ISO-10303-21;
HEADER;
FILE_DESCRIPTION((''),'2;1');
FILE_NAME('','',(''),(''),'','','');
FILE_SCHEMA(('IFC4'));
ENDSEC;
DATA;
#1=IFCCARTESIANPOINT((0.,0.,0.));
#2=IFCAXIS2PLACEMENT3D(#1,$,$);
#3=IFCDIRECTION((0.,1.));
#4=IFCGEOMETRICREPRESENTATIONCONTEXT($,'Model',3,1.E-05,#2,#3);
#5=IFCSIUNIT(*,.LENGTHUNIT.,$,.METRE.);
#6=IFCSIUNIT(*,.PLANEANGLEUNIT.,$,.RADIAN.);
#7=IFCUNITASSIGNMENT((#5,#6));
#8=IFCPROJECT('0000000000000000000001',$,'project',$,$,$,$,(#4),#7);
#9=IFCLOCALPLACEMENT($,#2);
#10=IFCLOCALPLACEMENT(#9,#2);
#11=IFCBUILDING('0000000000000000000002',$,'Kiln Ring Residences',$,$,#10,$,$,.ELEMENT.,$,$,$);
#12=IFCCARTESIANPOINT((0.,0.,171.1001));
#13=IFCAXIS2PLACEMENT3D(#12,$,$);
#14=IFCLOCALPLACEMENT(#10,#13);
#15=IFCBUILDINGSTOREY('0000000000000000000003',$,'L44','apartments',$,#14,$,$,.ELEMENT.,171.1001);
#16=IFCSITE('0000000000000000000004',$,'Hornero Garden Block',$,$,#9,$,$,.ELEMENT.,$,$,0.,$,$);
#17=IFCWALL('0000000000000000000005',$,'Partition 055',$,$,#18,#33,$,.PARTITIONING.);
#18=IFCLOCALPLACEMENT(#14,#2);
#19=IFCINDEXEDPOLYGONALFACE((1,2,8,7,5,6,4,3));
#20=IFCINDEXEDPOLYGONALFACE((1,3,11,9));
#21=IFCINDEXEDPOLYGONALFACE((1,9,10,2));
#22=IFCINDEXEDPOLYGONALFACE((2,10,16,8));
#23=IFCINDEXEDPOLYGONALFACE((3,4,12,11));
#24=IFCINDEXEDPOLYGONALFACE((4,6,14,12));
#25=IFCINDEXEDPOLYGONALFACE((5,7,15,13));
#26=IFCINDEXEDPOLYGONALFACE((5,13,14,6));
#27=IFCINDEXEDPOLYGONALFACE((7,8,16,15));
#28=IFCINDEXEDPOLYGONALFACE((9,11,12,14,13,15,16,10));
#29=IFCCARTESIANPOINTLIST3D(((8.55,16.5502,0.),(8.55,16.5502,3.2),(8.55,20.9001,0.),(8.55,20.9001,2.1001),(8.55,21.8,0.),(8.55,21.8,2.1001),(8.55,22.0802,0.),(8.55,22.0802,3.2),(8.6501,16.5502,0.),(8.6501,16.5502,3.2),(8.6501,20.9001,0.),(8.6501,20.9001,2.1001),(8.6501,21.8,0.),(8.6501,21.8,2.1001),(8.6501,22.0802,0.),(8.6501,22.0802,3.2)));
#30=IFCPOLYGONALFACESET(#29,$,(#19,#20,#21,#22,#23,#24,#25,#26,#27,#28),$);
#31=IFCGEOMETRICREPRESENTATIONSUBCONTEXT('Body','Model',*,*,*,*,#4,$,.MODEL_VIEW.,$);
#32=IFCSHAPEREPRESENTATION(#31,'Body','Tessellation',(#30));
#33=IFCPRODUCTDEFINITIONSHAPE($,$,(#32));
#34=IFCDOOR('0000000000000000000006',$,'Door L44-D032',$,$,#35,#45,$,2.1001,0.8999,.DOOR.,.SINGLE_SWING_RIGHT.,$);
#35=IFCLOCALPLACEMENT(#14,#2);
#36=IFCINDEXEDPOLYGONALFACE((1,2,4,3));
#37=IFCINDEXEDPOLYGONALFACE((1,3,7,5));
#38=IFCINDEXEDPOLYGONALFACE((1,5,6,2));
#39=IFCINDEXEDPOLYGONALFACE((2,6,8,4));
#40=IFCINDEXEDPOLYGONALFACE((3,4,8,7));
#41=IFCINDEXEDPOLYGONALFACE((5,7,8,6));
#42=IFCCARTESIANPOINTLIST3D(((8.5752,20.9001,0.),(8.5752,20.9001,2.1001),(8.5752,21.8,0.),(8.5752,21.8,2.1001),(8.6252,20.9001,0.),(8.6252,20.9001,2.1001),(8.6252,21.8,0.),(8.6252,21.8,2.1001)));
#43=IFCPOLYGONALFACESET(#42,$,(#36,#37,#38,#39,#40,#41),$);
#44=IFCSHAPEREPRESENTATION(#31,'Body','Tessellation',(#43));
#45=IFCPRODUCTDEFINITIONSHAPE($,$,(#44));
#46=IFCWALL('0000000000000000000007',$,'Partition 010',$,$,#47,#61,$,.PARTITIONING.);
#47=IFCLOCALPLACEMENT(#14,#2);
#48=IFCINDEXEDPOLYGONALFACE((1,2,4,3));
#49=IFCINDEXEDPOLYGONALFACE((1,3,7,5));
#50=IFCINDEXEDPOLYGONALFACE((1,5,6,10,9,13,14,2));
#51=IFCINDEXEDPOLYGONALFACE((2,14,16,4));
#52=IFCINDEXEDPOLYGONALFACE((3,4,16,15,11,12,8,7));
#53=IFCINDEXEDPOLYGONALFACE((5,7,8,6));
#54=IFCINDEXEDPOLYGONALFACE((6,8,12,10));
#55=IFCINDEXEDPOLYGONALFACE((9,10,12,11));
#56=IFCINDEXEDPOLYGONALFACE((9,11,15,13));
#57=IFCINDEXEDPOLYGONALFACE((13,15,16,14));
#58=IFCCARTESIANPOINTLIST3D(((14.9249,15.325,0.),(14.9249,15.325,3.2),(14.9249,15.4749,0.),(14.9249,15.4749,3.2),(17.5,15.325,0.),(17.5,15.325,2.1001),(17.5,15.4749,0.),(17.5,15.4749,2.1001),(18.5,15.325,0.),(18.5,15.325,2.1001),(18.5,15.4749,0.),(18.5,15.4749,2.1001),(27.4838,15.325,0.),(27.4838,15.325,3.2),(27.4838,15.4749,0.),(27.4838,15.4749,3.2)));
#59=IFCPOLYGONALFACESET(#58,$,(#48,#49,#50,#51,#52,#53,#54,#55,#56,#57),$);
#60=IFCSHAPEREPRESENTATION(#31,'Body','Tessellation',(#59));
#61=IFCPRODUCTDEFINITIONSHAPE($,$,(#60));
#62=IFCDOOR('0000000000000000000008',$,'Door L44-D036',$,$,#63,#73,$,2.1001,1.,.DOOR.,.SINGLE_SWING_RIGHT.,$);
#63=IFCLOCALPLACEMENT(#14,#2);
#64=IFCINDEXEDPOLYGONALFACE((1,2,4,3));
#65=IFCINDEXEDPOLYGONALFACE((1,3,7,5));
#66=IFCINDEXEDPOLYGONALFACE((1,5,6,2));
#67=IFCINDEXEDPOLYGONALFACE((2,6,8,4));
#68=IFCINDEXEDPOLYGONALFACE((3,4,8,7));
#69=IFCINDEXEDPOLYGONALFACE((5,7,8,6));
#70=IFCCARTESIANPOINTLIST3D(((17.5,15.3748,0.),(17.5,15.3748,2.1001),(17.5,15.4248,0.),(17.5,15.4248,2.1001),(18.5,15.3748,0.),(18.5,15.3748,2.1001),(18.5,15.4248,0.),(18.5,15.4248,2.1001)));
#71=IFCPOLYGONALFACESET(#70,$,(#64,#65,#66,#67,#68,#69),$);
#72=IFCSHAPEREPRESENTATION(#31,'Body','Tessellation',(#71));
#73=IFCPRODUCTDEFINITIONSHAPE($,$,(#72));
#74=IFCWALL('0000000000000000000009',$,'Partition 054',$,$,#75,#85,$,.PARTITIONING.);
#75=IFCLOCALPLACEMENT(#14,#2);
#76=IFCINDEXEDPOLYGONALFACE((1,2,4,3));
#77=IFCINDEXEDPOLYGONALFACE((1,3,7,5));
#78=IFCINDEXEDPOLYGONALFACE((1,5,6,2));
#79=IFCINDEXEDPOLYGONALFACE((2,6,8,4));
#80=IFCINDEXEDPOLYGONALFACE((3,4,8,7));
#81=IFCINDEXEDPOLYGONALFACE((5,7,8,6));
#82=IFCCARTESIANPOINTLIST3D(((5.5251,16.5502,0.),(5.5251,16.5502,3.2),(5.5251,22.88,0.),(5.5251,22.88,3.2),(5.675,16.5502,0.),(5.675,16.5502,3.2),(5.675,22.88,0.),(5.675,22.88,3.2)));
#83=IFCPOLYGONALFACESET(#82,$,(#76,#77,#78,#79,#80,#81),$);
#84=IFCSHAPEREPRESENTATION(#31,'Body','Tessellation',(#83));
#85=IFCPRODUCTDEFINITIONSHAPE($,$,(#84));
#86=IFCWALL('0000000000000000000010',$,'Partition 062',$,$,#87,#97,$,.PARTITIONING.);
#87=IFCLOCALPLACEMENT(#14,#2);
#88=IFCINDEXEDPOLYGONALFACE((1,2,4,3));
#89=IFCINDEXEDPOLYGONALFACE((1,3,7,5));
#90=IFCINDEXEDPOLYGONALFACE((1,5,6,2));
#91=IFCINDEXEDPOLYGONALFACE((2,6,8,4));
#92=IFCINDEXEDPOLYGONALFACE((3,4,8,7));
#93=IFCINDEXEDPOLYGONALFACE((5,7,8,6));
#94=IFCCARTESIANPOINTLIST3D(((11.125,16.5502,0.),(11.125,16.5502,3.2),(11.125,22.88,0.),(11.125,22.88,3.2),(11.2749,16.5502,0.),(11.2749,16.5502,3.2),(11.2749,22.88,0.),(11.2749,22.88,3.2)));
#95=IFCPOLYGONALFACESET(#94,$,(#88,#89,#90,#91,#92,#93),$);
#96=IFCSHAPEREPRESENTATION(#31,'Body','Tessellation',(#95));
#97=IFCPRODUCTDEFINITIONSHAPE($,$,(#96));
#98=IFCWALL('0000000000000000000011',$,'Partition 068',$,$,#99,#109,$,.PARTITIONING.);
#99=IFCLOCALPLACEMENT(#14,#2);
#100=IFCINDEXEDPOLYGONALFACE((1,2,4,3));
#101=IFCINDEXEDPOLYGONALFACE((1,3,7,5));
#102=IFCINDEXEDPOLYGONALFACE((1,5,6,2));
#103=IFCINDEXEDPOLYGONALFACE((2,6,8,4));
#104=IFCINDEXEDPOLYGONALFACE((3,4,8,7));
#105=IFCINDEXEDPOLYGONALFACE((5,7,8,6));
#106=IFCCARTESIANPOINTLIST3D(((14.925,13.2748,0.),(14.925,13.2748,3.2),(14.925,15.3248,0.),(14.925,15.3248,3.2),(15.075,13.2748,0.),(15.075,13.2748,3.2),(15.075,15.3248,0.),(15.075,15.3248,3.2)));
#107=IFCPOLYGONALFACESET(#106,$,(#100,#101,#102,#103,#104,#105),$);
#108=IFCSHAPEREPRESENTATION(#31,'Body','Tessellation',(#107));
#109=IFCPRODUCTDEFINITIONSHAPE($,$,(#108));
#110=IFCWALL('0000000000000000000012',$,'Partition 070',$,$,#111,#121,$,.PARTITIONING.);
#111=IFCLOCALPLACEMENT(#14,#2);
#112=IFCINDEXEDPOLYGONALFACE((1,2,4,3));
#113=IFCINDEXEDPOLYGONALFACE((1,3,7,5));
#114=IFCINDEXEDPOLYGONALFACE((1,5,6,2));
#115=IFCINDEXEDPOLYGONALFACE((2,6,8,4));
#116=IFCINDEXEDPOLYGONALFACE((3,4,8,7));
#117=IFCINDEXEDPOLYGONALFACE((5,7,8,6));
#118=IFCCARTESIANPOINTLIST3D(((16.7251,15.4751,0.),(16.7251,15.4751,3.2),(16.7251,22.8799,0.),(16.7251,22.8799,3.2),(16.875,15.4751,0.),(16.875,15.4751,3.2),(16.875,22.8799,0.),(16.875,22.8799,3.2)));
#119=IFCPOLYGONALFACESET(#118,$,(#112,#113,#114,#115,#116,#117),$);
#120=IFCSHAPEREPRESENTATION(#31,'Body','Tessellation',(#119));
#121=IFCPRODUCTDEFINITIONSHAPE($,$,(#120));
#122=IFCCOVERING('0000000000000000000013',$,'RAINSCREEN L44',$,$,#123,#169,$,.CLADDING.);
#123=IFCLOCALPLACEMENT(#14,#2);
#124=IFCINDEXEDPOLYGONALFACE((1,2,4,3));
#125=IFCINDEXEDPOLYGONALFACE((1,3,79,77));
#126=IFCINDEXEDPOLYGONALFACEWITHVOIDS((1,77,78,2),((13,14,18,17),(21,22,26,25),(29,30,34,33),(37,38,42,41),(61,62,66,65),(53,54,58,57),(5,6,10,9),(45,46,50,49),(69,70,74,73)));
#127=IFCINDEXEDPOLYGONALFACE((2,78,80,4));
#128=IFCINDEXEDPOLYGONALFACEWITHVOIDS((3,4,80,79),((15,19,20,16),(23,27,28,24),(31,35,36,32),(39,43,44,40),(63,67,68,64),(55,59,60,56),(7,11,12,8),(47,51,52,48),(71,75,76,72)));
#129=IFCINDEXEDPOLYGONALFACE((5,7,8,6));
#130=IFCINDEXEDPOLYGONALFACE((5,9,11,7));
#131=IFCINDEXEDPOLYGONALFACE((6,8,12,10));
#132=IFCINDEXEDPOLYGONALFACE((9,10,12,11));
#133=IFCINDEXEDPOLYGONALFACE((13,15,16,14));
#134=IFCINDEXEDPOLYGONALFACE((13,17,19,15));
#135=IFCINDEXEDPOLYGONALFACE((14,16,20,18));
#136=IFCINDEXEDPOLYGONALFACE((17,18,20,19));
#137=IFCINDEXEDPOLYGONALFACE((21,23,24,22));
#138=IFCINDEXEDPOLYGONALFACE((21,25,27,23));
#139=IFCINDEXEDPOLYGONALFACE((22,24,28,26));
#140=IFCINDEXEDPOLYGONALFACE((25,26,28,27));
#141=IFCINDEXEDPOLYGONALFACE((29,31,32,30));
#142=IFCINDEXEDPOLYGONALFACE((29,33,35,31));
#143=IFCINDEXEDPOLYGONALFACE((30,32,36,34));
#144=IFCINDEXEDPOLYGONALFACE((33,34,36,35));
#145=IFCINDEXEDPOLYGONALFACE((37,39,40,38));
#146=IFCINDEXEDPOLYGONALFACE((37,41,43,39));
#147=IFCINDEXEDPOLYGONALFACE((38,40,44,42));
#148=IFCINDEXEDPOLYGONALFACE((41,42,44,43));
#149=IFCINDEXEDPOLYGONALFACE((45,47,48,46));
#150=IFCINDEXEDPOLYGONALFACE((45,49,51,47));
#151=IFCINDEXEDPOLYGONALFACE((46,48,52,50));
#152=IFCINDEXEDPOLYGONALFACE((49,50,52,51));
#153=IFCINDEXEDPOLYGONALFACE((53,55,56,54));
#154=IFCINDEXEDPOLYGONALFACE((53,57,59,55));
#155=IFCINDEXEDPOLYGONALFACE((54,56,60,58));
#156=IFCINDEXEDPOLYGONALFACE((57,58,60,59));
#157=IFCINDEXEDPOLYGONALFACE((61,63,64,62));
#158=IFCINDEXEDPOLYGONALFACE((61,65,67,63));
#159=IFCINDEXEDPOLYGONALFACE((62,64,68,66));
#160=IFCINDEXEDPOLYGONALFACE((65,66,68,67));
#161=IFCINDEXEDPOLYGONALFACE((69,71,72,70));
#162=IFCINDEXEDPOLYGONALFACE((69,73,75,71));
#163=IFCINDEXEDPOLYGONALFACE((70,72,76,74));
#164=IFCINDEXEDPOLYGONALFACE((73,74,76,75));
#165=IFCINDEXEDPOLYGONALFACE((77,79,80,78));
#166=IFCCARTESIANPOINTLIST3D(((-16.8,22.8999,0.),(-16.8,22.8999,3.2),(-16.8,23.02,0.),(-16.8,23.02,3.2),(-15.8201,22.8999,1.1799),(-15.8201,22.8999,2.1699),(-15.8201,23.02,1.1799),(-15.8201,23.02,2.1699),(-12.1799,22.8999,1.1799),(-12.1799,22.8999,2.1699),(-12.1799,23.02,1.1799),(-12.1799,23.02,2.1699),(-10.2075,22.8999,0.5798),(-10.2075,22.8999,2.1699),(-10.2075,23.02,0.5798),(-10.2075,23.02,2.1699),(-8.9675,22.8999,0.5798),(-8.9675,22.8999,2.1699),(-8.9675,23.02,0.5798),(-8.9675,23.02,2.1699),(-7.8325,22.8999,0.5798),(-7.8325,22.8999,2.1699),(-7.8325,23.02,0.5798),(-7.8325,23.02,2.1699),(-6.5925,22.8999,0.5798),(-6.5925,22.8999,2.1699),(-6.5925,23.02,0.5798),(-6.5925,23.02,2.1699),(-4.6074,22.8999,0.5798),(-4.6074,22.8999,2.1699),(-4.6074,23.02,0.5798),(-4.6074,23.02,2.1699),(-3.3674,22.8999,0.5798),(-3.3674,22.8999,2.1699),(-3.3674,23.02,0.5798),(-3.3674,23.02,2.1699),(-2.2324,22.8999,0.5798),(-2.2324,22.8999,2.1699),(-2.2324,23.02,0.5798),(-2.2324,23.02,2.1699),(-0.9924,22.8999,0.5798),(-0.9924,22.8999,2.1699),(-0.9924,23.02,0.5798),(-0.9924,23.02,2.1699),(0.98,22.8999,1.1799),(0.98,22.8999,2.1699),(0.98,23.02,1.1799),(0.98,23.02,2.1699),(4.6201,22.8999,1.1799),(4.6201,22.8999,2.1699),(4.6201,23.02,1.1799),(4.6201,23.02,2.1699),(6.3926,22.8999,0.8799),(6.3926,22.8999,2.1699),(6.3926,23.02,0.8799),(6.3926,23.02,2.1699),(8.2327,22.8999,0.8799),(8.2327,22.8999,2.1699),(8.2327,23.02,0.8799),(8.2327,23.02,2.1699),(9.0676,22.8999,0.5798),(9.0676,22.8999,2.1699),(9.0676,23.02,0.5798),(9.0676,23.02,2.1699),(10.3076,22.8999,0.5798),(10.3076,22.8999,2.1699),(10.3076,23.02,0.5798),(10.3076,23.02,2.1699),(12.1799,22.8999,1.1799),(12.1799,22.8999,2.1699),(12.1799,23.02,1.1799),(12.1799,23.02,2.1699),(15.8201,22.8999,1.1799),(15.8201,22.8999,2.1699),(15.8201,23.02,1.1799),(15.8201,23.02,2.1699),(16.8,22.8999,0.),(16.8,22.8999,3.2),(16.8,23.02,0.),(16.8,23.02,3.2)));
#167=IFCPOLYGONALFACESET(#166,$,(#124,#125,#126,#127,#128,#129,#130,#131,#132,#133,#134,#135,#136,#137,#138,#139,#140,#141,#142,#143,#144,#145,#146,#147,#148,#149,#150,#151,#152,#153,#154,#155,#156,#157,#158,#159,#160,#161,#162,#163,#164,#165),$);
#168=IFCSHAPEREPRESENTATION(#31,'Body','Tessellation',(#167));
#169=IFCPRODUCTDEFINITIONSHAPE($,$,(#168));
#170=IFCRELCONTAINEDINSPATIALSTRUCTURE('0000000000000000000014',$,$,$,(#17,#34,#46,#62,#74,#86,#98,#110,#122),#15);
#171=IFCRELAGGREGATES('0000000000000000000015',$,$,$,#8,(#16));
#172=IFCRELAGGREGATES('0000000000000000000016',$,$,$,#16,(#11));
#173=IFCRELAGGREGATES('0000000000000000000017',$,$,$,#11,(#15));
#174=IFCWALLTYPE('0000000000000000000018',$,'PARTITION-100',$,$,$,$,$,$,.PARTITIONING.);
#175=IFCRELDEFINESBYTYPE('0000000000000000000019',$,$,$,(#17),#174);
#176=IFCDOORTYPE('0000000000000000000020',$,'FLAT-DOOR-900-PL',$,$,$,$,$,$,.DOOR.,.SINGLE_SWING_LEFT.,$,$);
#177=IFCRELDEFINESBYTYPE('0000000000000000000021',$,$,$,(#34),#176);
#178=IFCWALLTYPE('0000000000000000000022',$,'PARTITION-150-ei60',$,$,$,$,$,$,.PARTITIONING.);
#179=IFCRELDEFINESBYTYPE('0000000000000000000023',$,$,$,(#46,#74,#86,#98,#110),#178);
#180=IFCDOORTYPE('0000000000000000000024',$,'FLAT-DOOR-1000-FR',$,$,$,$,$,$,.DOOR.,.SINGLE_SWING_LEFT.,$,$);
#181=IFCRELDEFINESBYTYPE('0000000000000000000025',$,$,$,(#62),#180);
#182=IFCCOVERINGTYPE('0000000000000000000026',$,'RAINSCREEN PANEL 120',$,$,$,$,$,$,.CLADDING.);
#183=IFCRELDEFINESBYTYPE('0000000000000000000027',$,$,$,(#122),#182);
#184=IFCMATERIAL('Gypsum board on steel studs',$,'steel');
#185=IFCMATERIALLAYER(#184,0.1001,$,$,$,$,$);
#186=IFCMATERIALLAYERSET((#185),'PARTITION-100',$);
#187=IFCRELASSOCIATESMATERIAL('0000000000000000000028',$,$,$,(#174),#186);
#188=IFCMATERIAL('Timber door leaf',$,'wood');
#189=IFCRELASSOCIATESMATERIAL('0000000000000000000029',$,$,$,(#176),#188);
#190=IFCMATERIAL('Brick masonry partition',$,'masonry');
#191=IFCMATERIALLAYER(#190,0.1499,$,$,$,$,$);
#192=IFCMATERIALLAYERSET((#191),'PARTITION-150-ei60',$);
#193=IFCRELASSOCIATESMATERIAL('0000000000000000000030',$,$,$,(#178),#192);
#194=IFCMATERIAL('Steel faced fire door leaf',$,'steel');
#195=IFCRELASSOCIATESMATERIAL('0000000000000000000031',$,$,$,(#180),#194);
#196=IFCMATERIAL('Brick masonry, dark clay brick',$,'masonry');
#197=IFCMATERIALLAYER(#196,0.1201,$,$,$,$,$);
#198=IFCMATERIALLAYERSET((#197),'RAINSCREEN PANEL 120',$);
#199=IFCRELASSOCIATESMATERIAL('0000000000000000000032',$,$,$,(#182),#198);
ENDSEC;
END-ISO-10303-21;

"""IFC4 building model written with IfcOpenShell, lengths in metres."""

from ifc_helpers import new_model, si_unit, direction, frame, frame_2d, origin, place, context, subcontext, project, spatial, polyline, rectangle, outline, extrude, material, layer, layer_set, type_object, element, fill, save


model = new_model("IFC4")

# Units and contexts
model_context = context("Model", 3, precision=1e-05, world=origin(), true_north=direction((0.0, 1.0)))
body_context = subcontext(model_context, "Body", "Model", "MODEL_VIEW")
ifc_project = project(units=[si_unit("LENGTHUNIT", "METRE"), si_unit("PLANEANGLEUNIT", "RADIAN")], contexts=[model_context])

# Site, building, storey
site_placement = place(None, origin())
site = spatial("IfcSite", under=ifc_project, at=site_placement, Name="Hornero Garden Block", CompositionType="ELEMENT", RefElevation=0.0)
building_placement = place(site_placement, origin())
building = spatial("IfcBuilding", under=site, at=building_placement, Name="Kiln Ring Residences", CompositionType="ELEMENT")
storey_placement = place(building_placement, frame((0.0, 0.0, 171.1001)))
storey = spatial("IfcBuildingStorey", under=building, at=storey_placement, Name="L44", Description="apartments", CompositionType="ELEMENT", Elevation=171.1001)

# Shared definitions
ifc_material_1 = material(Name="Gypsum board on steel studs", Category="steel")
ifc_layer_1 = layer(ifc_material_1, 0.1001)
ifc_layer_set_1 = layer_set([ifc_layer_1], Name="PARTITION-100")
wall_type_1 = type_object("IfcWallType", Name="PARTITION-100", PredefinedType="PARTITIONING", material=ifc_layer_set_1)
ifc_material_2 = material(Name="Timber door leaf", Category="wood")
door_type_1 = type_object("IfcDoorType", Name="FLAT-DOOR-900-PL", OperationType="SINGLE_SWING_LEFT", PredefinedType="DOOR", material=ifc_material_2)

# Walls, openings, doors
wall_1_placement = place(storey_placement, frame((8.6001, 16.55, 0.0), z_axis=(0.0, 0.0, 1.0), x_axis=(0.0, 1.0, 0.0)))
wall_1 = element("IfcWall", 1, at=wall_1_placement, inside=storey, type_object=wall_type_1, Name="Partition 055", PredefinedType="PARTITIONING", context=body_context, shape_type="SweptSolid", body=[
    extrude(rectangle(XDim=5.53, YDim=0.1001, at=frame_2d((2.7651, 0.0))), origin(), (0.0, 0.0, 1.0), 3.2),
])
opening_1_placement = place(wall_1_placement, frame((4.3501, 0.0, 0.0)))
opening_1 = element("IfcOpeningElement", 2, at=opening_1_placement, cuts=wall_1, PredefinedType="OPENING", context=body_context, shape_type="SweptSolid", body=[
    extrude(rectangle(XDim=0.8999, YDim=2.1001, at=frame_2d((0.45, 1.05))), frame((0.0, 0.0601, 0.0), z_axis=(0.0, -1.0, 0.0), x_axis=(1.0, 0.0, 0.0)), (0.0, 0.0, 1.0), 0.1201),
])
door_1_placement = place(opening_1_placement, origin())
door_1 = element("IfcDoor", 3, at=door_1_placement, inside=storey, type_object=door_type_1, Name="Door L44-D032", OperationType="SINGLE_SWING_RIGHT", OverallHeight=2.1001, OverallWidth=0.8999, PredefinedType="DOOR", context=body_context, shape_type="SweptSolid", body=[
    extrude(rectangle(XDim=0.8999, YDim=2.1001, at=frame_2d((0.45, 1.05))), frame((0.0, 0.0249, 0.0), z_axis=(0.0, -1.0, 0.0), x_axis=(1.0, 0.0, 0.0)), (0.0, 0.0, 1.0), 0.05),
])
fill(opening_1, door_1)
ifc_material_3 = material(Name="Brick masonry partition", Category="masonry")
ifc_layer_2 = layer(ifc_material_3, 0.1499)
ifc_layer_set_2 = layer_set([ifc_layer_2], Name="PARTITION-150-ei60")
wall_type_2 = type_object("IfcWallType", Name="PARTITION-150-ei60", PredefinedType="PARTITIONING", material=ifc_layer_set_2)
wall_2_placement = place(storey_placement, frame((14.925, 15.3999, 0.0), z_axis=(0.0, 0.0, 1.0), x_axis=(1.0, 0.0, 0.0)))
wall_2 = element("IfcWall", 4, at=wall_2_placement, inside=storey, type_object=wall_type_2, Name="Partition 010", PredefinedType="PARTITIONING", context=body_context, shape_type="SweptSolid", body=[
    extrude(rectangle(XDim=12.5588, YDim=0.1499, at=frame_2d((6.2793, 0.0))), origin(), (0.0, 0.0, 1.0), 3.2),
])
opening_2_placement = place(wall_2_placement, frame((2.575, 0.0, 0.0)))
opening_2 = element("IfcOpeningElement", 5, at=opening_2_placement, cuts=wall_2, PredefinedType="OPENING", context=body_context, shape_type="SweptSolid", body=[
    extrude(rectangle(XDim=1.0, YDim=2.1001, at=frame_2d((0.5, 1.05))), frame((0.0, 0.085, 0.0), z_axis=(0.0, -1.0, 0.0), x_axis=(1.0, 0.0, 0.0)), (0.0, 0.0, 1.0), 0.1699),
])
ifc_material_4 = material(Name="Steel faced fire door leaf", Category="steel")
door_type_2 = type_object("IfcDoorType", Name="FLAT-DOOR-1000-FR", OperationType="SINGLE_SWING_LEFT", PredefinedType="DOOR", material=ifc_material_4)
door_2_placement = place(opening_2_placement, origin())
door_2 = element("IfcDoor", 6, at=door_2_placement, inside=storey, type_object=door_type_2, Name="Door L44-D036", OperationType="SINGLE_SWING_RIGHT", OverallHeight=2.1001, OverallWidth=1.0, PredefinedType="DOOR", context=body_context, shape_type="SweptSolid", body=[
    extrude(rectangle(XDim=1.0, YDim=2.1001, at=frame_2d((0.5, 1.05))), frame((0.0, 0.0249, 0.0), z_axis=(0.0, -1.0, 0.0), x_axis=(1.0, 0.0, 0.0)), (0.0, 0.0, 1.0), 0.05),
])
fill(opening_2, door_2)

# Walls
for number, where, z_axis, x_axis, name in (
    (7, (5.6001, 16.55, 0.0), (0.0, 0.0, 1.0), (0.0, 1.0, 0.0), "Partition 054"),
    (8, (11.2, 16.55, 0.0), (0.0, 0.0, 1.0), (0.0, 1.0, 0.0), "Partition 062"),
):
    element("IfcWall", number, at=place(storey_placement, frame(where, z_axis=z_axis, x_axis=x_axis)), inside=storey, type_object=wall_type_2, Name=name, PredefinedType="PARTITIONING", context=body_context, shape_type="SweptSolid", body=[
        extrude(rectangle(XDim=6.3298, YDim=0.1499, at=frame_2d((3.165, 0.0))), origin(), (0.0, 0.0, 1.0), 3.2),
    ])
wall_3_placement = place(storey_placement, frame((15.0, 13.2749, 0.0), z_axis=(0.0, 0.0, 1.0), x_axis=(0.0, 1.0, 0.0)))
element("IfcWall", 9, at=wall_3_placement, inside=storey, type_object=wall_type_2, Name="Partition 068", PredefinedType="PARTITIONING", context=body_context, shape_type="SweptSolid", body=[
    extrude(rectangle(XDim=2.05, YDim=0.1499, at=frame_2d((1.0249, 0.0))), origin(), (0.0, 0.0, 1.0), 3.2),
])
wall_4_placement = place(storey_placement, frame((16.8, 15.4751, 0.0), z_axis=(0.0, 0.0, 1.0), x_axis=(0.0, 1.0, 0.0)))
element("IfcWall", 10, at=wall_4_placement, inside=storey, type_object=wall_type_2, Name="Partition 070", PredefinedType="PARTITIONING", context=body_context, shape_type="SweptSolid", body=[
    extrude(rectangle(XDim=7.4048, YDim=0.1499, at=frame_2d((3.7024, 0.0))), origin(), (0.0, 0.0, 1.0), 3.2),
])

# Covering
ifc_material_5 = material(Name="Brick masonry, dark clay brick", Category="masonry")
ifc_layer_3 = layer(ifc_material_5, 0.1201)
ifc_layer_set_3 = layer_set([ifc_layer_3], Name="RAINSCREEN PANEL 120")
covering_type = type_object("IfcCoveringType", Name="RAINSCREEN PANEL 120", PredefinedType="CLADDING", material=ifc_layer_set_3)
covering_placement = place(storey_placement, frame((16.8, 22.96, 0.0), z_axis=(0.0, 0.0, 1.0), x_axis=(-1.0, 0.0, 0.0)))
element("IfcCovering", 11, at=covering_placement, inside=storey, type_object=covering_type, Name="RAINSCREEN L44", PredefinedType="CLADDING", context=body_context, shape_type="SweptSolid", body=[
    extrude(outline(polyline([(0.0, 0.0), (33.6001, 0.0), (33.6001, 3.2), (0.0, 3.2), (0.0, 0.0)]), holes=[polyline([(6.4924, 0.5798), (7.7324, 0.5798), (7.7324, 2.1699), (6.4924, 2.1699), (6.4924, 0.5798)]), polyline([(17.7925, 0.5798), (19.0325, 0.5798), (19.0325, 2.1699), (17.7925, 2.1699), (17.7925, 0.5798)]), polyline([(20.1675, 0.5798), (21.4075, 0.5798), (21.4075, 2.1699), (20.1675, 2.1699), (20.1675, 0.5798)]), polyline([(23.3926, 0.5798), (24.6326, 0.5798), (24.6326, 2.1699), (23.3926, 2.1699), (23.3926, 0.5798)]), polyline([(25.7676, 0.5798), (27.0076, 0.5798), (27.0076, 2.1699), (25.7676, 2.1699), (25.7676, 0.5798)]), polyline([(8.5674, 0.8799), (10.4075, 0.8799), (10.4075, 2.1699), (8.5674, 2.1699), (8.5674, 0.8799)]), polyline([(0.98, 1.1799), (4.6201, 1.1799), (4.6201, 2.1699), (0.98, 2.1699), (0.98, 1.1799)]), polyline([(12.1799, 2.1699), (12.1799, 1.1799), (15.8201, 1.1799), (15.8201, 2.1699), (12.1799, 2.1699)]), polyline([(28.98, 2.1699), (28.98, 1.1799), (32.6201, 1.1799), (32.6201, 2.1699), (28.98, 2.1699)])]), frame((0.0, 0.0601, 0.0), z_axis=(0.0, -1.0, 0.0), x_axis=(1.0, 0.0, 0.0)), (0.0, 0.0, 1.0), 0.1201),
])

save(model, "model.ifc")
